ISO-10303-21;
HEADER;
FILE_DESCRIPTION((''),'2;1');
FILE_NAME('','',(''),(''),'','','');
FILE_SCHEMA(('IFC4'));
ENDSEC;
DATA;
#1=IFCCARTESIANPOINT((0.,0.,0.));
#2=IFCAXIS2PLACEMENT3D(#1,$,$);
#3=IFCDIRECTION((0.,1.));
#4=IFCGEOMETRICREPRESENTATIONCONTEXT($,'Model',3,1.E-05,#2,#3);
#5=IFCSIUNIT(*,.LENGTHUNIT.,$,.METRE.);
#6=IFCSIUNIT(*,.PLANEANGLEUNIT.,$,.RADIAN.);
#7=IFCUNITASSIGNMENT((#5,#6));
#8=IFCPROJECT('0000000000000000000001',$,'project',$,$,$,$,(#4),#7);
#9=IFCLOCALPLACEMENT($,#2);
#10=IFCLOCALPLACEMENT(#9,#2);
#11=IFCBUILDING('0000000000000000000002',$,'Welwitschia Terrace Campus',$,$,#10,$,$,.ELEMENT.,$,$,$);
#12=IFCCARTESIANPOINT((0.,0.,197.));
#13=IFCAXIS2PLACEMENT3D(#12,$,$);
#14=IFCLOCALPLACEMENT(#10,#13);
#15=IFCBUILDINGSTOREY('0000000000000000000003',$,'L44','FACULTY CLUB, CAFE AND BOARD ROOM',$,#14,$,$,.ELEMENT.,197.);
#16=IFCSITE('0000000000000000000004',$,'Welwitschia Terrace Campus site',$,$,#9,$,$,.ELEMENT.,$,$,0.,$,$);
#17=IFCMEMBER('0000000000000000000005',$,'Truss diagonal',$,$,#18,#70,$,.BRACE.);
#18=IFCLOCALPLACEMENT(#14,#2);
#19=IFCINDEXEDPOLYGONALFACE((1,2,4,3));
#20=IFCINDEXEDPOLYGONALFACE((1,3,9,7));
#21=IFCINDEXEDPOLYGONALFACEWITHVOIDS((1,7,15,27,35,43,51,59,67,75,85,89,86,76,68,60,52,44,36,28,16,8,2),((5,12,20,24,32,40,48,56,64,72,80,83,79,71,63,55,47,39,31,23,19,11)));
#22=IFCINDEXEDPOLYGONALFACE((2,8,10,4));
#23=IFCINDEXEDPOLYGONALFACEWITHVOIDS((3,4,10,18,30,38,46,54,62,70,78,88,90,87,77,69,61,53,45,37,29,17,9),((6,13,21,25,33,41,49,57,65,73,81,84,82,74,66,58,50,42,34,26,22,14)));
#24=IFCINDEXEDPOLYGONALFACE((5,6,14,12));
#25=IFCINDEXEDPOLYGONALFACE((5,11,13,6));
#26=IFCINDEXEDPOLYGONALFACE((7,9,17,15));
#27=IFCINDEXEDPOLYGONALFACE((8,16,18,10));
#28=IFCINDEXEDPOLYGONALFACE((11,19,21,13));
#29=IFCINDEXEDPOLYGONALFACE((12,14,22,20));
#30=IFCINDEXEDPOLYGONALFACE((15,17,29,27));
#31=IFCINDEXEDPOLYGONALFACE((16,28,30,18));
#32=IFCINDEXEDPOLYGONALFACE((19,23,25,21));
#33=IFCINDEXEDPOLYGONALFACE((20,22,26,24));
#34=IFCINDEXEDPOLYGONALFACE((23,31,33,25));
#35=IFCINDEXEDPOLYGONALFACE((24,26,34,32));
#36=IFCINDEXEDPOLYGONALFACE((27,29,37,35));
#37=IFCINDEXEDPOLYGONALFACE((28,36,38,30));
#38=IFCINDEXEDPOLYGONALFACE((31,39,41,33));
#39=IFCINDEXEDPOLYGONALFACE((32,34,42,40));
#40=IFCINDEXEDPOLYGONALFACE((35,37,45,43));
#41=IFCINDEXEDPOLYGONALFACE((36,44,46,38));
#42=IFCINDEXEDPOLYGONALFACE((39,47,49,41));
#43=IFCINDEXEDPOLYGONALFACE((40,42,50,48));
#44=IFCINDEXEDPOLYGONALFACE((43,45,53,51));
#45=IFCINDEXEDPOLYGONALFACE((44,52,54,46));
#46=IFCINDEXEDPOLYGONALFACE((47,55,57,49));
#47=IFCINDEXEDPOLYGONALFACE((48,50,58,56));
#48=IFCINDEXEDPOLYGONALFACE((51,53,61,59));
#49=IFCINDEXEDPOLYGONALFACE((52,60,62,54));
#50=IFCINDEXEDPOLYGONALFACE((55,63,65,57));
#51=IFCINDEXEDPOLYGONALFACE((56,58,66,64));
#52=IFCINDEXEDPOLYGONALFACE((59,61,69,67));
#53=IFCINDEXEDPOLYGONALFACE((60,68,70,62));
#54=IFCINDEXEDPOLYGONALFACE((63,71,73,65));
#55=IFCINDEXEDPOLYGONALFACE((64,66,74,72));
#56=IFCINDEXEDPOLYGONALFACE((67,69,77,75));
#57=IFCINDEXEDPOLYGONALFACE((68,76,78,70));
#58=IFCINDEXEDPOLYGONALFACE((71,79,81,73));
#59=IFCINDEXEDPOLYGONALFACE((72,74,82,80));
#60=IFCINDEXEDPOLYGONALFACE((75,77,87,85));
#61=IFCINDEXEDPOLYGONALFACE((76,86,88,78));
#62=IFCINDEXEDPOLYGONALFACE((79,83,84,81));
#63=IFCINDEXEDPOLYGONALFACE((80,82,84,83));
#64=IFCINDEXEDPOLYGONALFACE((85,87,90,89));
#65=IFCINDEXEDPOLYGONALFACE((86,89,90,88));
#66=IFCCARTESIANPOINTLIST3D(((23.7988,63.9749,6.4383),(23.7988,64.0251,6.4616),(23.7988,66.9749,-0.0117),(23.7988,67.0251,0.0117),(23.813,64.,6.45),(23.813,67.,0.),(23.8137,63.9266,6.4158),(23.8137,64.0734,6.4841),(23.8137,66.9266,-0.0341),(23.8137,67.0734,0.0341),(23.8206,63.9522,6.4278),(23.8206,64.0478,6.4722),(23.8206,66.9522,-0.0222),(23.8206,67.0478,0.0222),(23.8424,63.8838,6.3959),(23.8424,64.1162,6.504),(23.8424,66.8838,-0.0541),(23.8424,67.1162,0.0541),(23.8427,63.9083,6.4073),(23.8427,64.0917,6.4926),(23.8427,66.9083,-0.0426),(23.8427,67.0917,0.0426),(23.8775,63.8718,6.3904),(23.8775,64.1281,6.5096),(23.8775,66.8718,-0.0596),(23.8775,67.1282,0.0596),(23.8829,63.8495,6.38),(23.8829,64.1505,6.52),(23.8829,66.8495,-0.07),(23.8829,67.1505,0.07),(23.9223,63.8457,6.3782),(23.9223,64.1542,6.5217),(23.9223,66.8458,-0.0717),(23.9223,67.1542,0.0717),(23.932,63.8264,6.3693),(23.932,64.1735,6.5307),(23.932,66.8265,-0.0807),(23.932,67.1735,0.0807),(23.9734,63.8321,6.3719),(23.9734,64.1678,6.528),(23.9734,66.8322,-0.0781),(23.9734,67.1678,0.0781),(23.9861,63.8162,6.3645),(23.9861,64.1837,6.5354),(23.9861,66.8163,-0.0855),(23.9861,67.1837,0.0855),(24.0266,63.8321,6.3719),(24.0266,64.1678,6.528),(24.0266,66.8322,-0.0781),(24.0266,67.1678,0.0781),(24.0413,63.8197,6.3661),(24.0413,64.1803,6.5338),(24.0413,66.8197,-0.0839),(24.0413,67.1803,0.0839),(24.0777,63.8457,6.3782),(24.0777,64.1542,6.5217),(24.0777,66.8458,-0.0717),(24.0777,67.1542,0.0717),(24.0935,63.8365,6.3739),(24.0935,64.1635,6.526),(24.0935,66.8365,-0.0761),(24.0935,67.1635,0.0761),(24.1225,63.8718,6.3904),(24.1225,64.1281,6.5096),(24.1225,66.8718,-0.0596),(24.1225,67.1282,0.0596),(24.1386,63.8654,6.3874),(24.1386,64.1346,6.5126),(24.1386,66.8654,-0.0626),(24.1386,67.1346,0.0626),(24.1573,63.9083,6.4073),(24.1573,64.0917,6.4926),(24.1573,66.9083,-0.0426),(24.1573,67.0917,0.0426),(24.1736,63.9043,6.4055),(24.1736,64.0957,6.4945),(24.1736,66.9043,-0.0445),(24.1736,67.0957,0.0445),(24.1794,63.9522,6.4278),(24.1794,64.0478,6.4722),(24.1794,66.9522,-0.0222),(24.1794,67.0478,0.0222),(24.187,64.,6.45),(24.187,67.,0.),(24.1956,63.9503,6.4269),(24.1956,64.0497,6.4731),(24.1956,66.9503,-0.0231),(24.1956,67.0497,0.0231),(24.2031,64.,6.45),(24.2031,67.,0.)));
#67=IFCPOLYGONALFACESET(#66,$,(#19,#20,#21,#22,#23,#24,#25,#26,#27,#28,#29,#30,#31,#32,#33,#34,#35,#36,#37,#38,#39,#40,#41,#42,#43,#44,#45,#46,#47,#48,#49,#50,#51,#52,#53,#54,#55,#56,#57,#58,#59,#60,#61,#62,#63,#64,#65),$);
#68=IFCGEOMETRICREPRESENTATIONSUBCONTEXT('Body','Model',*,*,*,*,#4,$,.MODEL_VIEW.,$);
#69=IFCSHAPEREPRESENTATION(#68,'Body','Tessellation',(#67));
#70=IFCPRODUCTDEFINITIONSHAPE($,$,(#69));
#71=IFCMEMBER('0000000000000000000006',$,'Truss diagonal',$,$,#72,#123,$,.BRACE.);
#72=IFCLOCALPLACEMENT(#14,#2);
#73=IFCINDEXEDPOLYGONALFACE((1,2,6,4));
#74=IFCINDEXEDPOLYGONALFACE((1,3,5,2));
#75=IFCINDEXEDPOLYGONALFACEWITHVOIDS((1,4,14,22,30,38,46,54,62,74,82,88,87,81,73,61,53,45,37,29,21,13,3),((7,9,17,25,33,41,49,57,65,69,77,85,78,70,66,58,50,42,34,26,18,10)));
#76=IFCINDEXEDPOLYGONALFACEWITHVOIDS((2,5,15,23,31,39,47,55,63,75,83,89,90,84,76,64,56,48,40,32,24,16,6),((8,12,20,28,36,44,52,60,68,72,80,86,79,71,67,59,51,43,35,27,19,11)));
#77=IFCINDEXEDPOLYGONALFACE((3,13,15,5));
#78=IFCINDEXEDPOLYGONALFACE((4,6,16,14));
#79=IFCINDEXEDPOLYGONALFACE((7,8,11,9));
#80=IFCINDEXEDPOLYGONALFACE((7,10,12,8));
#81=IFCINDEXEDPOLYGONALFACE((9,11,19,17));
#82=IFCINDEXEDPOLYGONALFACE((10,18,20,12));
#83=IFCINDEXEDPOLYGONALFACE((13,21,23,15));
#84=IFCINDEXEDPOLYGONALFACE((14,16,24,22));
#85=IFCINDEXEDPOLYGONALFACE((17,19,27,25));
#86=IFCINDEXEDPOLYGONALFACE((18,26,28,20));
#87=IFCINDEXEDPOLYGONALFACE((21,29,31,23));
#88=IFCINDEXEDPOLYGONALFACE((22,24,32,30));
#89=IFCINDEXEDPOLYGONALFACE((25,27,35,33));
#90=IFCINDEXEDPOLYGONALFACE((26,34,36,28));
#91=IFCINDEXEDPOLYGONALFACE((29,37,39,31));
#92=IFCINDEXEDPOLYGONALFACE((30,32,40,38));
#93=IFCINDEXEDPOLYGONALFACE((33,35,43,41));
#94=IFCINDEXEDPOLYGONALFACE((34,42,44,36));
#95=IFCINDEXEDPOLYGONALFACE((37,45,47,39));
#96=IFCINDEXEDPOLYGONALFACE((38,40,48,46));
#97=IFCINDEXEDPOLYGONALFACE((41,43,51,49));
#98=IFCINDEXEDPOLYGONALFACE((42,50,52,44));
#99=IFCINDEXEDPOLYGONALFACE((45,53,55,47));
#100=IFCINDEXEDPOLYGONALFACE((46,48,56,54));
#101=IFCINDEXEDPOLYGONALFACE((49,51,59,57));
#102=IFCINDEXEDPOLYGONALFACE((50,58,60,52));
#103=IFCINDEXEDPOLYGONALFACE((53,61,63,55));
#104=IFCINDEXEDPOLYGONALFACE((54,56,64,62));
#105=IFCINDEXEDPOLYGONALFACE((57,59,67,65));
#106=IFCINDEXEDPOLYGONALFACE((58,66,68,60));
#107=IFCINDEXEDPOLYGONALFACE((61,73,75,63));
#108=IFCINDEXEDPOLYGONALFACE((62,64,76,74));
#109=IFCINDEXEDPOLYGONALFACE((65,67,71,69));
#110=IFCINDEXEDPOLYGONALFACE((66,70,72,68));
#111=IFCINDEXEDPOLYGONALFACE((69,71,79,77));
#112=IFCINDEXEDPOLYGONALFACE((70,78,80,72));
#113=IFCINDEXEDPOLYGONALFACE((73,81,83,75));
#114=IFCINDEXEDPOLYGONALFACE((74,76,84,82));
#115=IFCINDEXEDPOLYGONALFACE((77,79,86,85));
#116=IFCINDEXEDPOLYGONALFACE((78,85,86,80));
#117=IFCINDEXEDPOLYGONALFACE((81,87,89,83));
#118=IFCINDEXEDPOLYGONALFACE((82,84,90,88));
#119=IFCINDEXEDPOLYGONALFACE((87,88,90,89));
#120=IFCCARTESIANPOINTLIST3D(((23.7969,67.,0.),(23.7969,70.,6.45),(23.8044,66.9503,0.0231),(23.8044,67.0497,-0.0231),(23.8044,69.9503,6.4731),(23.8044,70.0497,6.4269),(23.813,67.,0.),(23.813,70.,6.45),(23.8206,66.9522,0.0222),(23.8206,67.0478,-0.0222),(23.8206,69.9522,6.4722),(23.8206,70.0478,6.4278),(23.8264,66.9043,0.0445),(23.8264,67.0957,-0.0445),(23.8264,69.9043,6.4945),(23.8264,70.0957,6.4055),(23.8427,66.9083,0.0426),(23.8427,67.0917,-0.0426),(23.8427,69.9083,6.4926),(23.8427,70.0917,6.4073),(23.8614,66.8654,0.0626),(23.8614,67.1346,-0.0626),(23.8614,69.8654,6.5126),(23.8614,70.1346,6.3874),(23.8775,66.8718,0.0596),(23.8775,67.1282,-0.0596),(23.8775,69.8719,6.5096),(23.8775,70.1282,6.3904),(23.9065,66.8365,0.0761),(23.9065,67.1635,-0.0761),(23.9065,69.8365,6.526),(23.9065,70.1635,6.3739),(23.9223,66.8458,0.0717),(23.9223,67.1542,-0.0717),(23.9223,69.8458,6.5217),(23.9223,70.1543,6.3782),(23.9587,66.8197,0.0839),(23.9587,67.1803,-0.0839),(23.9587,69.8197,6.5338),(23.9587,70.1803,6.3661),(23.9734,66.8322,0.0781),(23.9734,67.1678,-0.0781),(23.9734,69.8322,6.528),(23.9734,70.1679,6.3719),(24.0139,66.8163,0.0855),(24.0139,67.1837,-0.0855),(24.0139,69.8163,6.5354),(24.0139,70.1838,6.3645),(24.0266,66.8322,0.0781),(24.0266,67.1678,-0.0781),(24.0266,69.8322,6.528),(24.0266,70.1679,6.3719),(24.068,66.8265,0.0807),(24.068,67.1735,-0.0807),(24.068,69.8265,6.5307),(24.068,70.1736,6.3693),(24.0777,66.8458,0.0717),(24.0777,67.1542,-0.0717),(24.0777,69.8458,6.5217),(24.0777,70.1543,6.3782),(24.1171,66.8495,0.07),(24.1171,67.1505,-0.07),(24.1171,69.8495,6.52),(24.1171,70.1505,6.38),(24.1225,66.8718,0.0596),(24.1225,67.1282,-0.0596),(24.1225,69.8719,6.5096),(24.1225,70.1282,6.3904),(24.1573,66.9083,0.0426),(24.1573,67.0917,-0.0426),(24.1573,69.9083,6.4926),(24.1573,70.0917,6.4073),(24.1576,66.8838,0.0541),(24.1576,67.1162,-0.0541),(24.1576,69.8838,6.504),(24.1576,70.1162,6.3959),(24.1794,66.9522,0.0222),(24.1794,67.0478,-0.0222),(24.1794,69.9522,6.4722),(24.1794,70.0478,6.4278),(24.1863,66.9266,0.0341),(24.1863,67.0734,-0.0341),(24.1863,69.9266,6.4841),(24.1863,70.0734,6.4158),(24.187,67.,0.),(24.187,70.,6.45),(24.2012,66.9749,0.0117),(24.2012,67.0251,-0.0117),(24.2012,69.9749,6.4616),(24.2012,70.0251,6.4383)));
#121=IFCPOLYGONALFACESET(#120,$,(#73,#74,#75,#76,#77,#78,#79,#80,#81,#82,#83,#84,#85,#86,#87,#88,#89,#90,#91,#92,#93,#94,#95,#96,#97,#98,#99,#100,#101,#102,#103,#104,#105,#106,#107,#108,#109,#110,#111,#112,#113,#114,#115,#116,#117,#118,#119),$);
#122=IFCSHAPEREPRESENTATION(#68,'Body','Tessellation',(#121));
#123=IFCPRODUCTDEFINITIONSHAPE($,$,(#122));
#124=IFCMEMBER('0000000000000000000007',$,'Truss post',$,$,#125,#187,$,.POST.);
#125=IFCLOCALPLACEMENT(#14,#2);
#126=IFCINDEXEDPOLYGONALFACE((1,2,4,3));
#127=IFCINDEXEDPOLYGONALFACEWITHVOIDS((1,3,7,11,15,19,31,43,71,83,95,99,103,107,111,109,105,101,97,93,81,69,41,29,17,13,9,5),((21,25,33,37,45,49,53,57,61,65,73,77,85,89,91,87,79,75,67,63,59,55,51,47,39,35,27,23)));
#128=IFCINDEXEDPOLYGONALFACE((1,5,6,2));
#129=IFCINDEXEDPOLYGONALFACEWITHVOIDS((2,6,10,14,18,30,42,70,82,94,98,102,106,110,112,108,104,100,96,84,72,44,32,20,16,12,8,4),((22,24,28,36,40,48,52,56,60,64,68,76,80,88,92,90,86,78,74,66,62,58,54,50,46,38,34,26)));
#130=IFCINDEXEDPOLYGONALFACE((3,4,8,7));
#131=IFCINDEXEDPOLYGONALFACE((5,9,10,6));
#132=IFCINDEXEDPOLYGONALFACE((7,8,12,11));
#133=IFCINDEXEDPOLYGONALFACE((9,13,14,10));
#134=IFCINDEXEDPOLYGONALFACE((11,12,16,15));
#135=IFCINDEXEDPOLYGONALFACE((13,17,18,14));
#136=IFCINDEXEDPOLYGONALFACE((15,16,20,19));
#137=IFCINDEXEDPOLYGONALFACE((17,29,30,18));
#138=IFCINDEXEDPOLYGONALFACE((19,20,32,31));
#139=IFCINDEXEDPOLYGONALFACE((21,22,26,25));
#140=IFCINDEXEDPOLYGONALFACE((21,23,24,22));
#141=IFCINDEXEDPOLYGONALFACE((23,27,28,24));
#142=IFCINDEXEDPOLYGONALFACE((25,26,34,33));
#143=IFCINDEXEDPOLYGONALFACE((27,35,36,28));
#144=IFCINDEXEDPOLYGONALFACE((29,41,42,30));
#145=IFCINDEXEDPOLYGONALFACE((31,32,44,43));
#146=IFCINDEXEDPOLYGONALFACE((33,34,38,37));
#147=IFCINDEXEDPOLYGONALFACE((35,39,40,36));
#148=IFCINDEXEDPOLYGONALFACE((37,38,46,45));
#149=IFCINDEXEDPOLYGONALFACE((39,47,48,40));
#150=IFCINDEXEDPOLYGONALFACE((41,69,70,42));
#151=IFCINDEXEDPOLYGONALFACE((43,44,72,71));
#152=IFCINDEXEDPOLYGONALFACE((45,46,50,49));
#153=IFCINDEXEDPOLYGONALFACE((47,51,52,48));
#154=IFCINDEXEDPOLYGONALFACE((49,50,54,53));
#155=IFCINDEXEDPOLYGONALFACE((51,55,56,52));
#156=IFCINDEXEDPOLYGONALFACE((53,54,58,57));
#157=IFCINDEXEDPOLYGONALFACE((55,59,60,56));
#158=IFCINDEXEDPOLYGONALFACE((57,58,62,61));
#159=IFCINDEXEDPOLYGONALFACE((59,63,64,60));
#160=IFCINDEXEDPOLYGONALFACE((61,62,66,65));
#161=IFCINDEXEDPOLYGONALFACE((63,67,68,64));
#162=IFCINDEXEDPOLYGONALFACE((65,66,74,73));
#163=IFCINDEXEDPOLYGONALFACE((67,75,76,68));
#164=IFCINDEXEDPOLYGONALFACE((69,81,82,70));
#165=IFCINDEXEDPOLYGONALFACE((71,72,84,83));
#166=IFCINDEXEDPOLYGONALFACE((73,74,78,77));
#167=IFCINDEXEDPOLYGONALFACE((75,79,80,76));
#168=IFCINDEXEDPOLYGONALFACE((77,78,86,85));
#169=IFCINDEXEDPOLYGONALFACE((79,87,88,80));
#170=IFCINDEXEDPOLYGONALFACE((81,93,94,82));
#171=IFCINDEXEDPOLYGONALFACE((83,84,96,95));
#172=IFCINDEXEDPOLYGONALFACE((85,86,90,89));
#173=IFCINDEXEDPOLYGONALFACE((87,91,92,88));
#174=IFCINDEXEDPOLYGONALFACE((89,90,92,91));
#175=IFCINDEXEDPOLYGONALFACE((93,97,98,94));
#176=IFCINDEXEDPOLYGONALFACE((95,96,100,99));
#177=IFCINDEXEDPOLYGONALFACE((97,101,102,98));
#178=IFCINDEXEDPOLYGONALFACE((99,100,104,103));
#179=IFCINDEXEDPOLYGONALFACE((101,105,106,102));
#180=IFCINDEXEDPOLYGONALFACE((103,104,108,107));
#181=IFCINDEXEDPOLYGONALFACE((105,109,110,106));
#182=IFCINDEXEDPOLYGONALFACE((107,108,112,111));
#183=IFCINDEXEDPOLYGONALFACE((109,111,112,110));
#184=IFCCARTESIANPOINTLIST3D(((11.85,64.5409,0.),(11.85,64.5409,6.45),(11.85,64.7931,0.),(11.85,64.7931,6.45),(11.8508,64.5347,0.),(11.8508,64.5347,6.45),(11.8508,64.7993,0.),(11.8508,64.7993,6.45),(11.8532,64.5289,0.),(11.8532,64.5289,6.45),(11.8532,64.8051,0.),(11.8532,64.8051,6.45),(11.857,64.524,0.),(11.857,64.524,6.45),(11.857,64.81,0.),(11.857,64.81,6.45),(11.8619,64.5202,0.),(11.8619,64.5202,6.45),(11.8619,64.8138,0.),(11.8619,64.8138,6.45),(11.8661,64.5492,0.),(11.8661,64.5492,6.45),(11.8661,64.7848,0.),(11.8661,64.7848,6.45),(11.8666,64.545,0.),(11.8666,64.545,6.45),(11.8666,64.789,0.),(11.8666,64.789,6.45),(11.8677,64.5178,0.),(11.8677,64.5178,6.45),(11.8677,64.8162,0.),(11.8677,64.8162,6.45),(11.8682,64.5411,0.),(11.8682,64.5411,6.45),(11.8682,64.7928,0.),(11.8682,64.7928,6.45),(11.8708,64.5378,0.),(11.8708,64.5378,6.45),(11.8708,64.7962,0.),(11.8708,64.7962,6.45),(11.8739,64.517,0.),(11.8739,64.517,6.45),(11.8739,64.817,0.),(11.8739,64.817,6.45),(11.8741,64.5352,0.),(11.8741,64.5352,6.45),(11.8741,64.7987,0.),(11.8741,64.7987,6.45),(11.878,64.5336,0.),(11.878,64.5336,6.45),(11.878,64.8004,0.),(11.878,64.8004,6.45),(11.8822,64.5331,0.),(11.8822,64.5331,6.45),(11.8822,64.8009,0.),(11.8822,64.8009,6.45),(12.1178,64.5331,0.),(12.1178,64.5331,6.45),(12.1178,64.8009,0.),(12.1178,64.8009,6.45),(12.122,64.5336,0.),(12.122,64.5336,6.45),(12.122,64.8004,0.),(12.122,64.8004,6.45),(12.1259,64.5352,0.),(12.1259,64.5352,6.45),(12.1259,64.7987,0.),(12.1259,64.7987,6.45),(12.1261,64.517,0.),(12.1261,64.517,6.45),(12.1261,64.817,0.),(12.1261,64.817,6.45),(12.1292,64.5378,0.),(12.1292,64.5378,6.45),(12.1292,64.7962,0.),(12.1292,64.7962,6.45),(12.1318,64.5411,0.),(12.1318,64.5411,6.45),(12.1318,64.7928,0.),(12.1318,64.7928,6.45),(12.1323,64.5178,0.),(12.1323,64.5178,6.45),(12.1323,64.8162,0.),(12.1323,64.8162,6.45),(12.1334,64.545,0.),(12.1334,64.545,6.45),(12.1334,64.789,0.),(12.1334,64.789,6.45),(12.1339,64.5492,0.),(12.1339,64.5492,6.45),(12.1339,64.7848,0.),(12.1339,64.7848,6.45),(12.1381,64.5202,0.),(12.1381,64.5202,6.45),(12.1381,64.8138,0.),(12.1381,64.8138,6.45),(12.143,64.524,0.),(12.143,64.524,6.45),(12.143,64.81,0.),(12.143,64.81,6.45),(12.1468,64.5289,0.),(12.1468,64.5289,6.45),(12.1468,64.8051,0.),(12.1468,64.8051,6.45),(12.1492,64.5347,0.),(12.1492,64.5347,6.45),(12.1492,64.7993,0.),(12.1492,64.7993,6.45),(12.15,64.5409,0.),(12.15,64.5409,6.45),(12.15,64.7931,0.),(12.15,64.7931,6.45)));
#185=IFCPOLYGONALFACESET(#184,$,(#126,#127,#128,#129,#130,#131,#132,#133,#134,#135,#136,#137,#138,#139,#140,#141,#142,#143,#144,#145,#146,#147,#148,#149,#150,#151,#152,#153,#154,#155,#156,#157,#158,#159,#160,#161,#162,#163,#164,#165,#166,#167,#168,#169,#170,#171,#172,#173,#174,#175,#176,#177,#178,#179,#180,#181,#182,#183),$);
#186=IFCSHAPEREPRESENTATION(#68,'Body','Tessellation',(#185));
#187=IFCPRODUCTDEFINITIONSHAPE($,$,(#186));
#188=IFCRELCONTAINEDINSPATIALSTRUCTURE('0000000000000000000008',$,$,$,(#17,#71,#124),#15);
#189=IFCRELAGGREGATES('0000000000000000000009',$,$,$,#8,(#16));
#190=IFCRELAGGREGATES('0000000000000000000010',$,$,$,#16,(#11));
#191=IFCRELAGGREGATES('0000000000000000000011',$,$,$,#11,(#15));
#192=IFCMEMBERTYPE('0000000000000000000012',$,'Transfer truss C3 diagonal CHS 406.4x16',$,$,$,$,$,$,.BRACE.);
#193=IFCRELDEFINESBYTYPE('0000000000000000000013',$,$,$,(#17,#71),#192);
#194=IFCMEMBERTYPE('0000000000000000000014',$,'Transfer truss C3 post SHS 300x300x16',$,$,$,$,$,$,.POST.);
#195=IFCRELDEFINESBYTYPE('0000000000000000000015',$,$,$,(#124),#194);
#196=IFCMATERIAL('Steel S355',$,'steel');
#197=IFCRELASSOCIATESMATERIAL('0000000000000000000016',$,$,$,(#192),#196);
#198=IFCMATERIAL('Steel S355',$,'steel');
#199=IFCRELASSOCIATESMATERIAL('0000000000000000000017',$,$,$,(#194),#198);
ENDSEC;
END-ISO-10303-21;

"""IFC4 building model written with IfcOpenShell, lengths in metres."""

from ifc_helpers import new_model, si_unit, direction, frame, origin, origin_2d, place, context, subcontext, project, spatial, hollow_rectangle, hollow_circle, extrude, material, material_profile, profile_set, type_object, element, save


model = new_model("IFC4")

# Units and contexts
model_context = context("Model", 3, precision=1e-05, world=origin(), true_north=direction((0.0, 1.0)))
body_context = subcontext(model_context, "Body", "Model", "MODEL_VIEW")
ifc_project = project(units=[si_unit("LENGTHUNIT", "METRE"), si_unit("PLANEANGLEUNIT", "RADIAN")], contexts=[model_context])

# Site, building, storey
site_placement = place(None, origin())
site = spatial("IfcSite", under=ifc_project, at=site_placement, Name="Welwitschia Terrace Campus site", CompositionType="ELEMENT", RefElevation=0.0)
building_placement = place(site_placement, origin())
building = spatial("IfcBuilding", under=site, at=building_placement, Name="Welwitschia Terrace Campus", CompositionType="ELEMENT")
storey_placement = place(building_placement, frame((0.0, 0.0, 197.0)))
storey = spatial("IfcBuildingStorey", under=building, at=storey_placement, Name="L44", Description="FACULTY CLUB, CAFE AND BOARD ROOM", CompositionType="ELEMENT", Elevation=197.0)

# Members
ifc_material_1 = material(Name="Steel S355", Category="steel")
ifc_material_profile_1 = material_profile(ifc_material_1, hollow_circle(Radius=0.2031, WallThickness=0.0161, at=origin_2d()))
ifc_profile_set_1 = profile_set([ifc_material_profile_1], Name="Steel S355")
member_type_1 = type_object("IfcMemberType", Name="Transfer truss C3 diagonal CHS 406.4x16", PredefinedType="BRACE", material=ifc_profile_set_1)
for number, where, z_axis, x_axis, name in (
    (1, (24.0, 67.0, 0.0), (0.0, -0.421733, 0.90672), (1.0, 0.0, 0.0), "Truss diagonal"),
    (2, (24.0, 67.0, 0.0), (0.0, 0.421733, 0.90672), (-1.0, 0.0, 0.0), "Truss diagonal"),
):
    element("IfcMember", number, at=place(storey_placement, frame(where, z_axis=z_axis, x_axis=x_axis)), inside=storey, type_object=member_type_1, Name=name, PredefinedType="BRACE", context=body_context, shape_type="SweptSolid", body=[
        extrude(hollow_circle(Radius=0.2031, WallThickness=0.0161, at=origin_2d()), origin(), (0.0, 0.0, 1.0), 7.1135),
    ])
ifc_material_2 = material(Name="Steel S355", Category="steel")
ifc_material_profile_2 = material_profile(ifc_material_2, hollow_rectangle(XDim=0.3, YDim=0.3, WallThickness=0.0161, InnerFilletRadius=0.0161, OuterFilletRadius=0.0239, at=origin_2d()))
ifc_profile_set_2 = profile_set([ifc_material_profile_2], Name="Steel S355")
member_type_2 = type_object("IfcMemberType", Name="Transfer truss C3 post SHS 300x300x16", PredefinedType="POST", material=ifc_profile_set_2)
for number, where, z_axis, x_axis, name in (
    (3, (12.0, 64.667, 0.0), (0.0, 0.0, 1.0), (1.0, 0.0, 0.0), "Truss post"),
):
    element("IfcMember", number, at=place(storey_placement, frame(where, z_axis=z_axis, x_axis=x_axis)), inside=storey, type_object=member_type_2, Name=name, PredefinedType="POST", context=body_context, shape_type="SweptSolid", body=[
        extrude(hollow_rectangle(XDim=0.3, YDim=0.3, WallThickness=0.0161, InnerFilletRadius=0.0161, OuterFilletRadius=0.0239, at=origin_2d()), origin(), (0.0, 0.0, 1.0), 6.45),
    ])

save(model, "model.ifc")
